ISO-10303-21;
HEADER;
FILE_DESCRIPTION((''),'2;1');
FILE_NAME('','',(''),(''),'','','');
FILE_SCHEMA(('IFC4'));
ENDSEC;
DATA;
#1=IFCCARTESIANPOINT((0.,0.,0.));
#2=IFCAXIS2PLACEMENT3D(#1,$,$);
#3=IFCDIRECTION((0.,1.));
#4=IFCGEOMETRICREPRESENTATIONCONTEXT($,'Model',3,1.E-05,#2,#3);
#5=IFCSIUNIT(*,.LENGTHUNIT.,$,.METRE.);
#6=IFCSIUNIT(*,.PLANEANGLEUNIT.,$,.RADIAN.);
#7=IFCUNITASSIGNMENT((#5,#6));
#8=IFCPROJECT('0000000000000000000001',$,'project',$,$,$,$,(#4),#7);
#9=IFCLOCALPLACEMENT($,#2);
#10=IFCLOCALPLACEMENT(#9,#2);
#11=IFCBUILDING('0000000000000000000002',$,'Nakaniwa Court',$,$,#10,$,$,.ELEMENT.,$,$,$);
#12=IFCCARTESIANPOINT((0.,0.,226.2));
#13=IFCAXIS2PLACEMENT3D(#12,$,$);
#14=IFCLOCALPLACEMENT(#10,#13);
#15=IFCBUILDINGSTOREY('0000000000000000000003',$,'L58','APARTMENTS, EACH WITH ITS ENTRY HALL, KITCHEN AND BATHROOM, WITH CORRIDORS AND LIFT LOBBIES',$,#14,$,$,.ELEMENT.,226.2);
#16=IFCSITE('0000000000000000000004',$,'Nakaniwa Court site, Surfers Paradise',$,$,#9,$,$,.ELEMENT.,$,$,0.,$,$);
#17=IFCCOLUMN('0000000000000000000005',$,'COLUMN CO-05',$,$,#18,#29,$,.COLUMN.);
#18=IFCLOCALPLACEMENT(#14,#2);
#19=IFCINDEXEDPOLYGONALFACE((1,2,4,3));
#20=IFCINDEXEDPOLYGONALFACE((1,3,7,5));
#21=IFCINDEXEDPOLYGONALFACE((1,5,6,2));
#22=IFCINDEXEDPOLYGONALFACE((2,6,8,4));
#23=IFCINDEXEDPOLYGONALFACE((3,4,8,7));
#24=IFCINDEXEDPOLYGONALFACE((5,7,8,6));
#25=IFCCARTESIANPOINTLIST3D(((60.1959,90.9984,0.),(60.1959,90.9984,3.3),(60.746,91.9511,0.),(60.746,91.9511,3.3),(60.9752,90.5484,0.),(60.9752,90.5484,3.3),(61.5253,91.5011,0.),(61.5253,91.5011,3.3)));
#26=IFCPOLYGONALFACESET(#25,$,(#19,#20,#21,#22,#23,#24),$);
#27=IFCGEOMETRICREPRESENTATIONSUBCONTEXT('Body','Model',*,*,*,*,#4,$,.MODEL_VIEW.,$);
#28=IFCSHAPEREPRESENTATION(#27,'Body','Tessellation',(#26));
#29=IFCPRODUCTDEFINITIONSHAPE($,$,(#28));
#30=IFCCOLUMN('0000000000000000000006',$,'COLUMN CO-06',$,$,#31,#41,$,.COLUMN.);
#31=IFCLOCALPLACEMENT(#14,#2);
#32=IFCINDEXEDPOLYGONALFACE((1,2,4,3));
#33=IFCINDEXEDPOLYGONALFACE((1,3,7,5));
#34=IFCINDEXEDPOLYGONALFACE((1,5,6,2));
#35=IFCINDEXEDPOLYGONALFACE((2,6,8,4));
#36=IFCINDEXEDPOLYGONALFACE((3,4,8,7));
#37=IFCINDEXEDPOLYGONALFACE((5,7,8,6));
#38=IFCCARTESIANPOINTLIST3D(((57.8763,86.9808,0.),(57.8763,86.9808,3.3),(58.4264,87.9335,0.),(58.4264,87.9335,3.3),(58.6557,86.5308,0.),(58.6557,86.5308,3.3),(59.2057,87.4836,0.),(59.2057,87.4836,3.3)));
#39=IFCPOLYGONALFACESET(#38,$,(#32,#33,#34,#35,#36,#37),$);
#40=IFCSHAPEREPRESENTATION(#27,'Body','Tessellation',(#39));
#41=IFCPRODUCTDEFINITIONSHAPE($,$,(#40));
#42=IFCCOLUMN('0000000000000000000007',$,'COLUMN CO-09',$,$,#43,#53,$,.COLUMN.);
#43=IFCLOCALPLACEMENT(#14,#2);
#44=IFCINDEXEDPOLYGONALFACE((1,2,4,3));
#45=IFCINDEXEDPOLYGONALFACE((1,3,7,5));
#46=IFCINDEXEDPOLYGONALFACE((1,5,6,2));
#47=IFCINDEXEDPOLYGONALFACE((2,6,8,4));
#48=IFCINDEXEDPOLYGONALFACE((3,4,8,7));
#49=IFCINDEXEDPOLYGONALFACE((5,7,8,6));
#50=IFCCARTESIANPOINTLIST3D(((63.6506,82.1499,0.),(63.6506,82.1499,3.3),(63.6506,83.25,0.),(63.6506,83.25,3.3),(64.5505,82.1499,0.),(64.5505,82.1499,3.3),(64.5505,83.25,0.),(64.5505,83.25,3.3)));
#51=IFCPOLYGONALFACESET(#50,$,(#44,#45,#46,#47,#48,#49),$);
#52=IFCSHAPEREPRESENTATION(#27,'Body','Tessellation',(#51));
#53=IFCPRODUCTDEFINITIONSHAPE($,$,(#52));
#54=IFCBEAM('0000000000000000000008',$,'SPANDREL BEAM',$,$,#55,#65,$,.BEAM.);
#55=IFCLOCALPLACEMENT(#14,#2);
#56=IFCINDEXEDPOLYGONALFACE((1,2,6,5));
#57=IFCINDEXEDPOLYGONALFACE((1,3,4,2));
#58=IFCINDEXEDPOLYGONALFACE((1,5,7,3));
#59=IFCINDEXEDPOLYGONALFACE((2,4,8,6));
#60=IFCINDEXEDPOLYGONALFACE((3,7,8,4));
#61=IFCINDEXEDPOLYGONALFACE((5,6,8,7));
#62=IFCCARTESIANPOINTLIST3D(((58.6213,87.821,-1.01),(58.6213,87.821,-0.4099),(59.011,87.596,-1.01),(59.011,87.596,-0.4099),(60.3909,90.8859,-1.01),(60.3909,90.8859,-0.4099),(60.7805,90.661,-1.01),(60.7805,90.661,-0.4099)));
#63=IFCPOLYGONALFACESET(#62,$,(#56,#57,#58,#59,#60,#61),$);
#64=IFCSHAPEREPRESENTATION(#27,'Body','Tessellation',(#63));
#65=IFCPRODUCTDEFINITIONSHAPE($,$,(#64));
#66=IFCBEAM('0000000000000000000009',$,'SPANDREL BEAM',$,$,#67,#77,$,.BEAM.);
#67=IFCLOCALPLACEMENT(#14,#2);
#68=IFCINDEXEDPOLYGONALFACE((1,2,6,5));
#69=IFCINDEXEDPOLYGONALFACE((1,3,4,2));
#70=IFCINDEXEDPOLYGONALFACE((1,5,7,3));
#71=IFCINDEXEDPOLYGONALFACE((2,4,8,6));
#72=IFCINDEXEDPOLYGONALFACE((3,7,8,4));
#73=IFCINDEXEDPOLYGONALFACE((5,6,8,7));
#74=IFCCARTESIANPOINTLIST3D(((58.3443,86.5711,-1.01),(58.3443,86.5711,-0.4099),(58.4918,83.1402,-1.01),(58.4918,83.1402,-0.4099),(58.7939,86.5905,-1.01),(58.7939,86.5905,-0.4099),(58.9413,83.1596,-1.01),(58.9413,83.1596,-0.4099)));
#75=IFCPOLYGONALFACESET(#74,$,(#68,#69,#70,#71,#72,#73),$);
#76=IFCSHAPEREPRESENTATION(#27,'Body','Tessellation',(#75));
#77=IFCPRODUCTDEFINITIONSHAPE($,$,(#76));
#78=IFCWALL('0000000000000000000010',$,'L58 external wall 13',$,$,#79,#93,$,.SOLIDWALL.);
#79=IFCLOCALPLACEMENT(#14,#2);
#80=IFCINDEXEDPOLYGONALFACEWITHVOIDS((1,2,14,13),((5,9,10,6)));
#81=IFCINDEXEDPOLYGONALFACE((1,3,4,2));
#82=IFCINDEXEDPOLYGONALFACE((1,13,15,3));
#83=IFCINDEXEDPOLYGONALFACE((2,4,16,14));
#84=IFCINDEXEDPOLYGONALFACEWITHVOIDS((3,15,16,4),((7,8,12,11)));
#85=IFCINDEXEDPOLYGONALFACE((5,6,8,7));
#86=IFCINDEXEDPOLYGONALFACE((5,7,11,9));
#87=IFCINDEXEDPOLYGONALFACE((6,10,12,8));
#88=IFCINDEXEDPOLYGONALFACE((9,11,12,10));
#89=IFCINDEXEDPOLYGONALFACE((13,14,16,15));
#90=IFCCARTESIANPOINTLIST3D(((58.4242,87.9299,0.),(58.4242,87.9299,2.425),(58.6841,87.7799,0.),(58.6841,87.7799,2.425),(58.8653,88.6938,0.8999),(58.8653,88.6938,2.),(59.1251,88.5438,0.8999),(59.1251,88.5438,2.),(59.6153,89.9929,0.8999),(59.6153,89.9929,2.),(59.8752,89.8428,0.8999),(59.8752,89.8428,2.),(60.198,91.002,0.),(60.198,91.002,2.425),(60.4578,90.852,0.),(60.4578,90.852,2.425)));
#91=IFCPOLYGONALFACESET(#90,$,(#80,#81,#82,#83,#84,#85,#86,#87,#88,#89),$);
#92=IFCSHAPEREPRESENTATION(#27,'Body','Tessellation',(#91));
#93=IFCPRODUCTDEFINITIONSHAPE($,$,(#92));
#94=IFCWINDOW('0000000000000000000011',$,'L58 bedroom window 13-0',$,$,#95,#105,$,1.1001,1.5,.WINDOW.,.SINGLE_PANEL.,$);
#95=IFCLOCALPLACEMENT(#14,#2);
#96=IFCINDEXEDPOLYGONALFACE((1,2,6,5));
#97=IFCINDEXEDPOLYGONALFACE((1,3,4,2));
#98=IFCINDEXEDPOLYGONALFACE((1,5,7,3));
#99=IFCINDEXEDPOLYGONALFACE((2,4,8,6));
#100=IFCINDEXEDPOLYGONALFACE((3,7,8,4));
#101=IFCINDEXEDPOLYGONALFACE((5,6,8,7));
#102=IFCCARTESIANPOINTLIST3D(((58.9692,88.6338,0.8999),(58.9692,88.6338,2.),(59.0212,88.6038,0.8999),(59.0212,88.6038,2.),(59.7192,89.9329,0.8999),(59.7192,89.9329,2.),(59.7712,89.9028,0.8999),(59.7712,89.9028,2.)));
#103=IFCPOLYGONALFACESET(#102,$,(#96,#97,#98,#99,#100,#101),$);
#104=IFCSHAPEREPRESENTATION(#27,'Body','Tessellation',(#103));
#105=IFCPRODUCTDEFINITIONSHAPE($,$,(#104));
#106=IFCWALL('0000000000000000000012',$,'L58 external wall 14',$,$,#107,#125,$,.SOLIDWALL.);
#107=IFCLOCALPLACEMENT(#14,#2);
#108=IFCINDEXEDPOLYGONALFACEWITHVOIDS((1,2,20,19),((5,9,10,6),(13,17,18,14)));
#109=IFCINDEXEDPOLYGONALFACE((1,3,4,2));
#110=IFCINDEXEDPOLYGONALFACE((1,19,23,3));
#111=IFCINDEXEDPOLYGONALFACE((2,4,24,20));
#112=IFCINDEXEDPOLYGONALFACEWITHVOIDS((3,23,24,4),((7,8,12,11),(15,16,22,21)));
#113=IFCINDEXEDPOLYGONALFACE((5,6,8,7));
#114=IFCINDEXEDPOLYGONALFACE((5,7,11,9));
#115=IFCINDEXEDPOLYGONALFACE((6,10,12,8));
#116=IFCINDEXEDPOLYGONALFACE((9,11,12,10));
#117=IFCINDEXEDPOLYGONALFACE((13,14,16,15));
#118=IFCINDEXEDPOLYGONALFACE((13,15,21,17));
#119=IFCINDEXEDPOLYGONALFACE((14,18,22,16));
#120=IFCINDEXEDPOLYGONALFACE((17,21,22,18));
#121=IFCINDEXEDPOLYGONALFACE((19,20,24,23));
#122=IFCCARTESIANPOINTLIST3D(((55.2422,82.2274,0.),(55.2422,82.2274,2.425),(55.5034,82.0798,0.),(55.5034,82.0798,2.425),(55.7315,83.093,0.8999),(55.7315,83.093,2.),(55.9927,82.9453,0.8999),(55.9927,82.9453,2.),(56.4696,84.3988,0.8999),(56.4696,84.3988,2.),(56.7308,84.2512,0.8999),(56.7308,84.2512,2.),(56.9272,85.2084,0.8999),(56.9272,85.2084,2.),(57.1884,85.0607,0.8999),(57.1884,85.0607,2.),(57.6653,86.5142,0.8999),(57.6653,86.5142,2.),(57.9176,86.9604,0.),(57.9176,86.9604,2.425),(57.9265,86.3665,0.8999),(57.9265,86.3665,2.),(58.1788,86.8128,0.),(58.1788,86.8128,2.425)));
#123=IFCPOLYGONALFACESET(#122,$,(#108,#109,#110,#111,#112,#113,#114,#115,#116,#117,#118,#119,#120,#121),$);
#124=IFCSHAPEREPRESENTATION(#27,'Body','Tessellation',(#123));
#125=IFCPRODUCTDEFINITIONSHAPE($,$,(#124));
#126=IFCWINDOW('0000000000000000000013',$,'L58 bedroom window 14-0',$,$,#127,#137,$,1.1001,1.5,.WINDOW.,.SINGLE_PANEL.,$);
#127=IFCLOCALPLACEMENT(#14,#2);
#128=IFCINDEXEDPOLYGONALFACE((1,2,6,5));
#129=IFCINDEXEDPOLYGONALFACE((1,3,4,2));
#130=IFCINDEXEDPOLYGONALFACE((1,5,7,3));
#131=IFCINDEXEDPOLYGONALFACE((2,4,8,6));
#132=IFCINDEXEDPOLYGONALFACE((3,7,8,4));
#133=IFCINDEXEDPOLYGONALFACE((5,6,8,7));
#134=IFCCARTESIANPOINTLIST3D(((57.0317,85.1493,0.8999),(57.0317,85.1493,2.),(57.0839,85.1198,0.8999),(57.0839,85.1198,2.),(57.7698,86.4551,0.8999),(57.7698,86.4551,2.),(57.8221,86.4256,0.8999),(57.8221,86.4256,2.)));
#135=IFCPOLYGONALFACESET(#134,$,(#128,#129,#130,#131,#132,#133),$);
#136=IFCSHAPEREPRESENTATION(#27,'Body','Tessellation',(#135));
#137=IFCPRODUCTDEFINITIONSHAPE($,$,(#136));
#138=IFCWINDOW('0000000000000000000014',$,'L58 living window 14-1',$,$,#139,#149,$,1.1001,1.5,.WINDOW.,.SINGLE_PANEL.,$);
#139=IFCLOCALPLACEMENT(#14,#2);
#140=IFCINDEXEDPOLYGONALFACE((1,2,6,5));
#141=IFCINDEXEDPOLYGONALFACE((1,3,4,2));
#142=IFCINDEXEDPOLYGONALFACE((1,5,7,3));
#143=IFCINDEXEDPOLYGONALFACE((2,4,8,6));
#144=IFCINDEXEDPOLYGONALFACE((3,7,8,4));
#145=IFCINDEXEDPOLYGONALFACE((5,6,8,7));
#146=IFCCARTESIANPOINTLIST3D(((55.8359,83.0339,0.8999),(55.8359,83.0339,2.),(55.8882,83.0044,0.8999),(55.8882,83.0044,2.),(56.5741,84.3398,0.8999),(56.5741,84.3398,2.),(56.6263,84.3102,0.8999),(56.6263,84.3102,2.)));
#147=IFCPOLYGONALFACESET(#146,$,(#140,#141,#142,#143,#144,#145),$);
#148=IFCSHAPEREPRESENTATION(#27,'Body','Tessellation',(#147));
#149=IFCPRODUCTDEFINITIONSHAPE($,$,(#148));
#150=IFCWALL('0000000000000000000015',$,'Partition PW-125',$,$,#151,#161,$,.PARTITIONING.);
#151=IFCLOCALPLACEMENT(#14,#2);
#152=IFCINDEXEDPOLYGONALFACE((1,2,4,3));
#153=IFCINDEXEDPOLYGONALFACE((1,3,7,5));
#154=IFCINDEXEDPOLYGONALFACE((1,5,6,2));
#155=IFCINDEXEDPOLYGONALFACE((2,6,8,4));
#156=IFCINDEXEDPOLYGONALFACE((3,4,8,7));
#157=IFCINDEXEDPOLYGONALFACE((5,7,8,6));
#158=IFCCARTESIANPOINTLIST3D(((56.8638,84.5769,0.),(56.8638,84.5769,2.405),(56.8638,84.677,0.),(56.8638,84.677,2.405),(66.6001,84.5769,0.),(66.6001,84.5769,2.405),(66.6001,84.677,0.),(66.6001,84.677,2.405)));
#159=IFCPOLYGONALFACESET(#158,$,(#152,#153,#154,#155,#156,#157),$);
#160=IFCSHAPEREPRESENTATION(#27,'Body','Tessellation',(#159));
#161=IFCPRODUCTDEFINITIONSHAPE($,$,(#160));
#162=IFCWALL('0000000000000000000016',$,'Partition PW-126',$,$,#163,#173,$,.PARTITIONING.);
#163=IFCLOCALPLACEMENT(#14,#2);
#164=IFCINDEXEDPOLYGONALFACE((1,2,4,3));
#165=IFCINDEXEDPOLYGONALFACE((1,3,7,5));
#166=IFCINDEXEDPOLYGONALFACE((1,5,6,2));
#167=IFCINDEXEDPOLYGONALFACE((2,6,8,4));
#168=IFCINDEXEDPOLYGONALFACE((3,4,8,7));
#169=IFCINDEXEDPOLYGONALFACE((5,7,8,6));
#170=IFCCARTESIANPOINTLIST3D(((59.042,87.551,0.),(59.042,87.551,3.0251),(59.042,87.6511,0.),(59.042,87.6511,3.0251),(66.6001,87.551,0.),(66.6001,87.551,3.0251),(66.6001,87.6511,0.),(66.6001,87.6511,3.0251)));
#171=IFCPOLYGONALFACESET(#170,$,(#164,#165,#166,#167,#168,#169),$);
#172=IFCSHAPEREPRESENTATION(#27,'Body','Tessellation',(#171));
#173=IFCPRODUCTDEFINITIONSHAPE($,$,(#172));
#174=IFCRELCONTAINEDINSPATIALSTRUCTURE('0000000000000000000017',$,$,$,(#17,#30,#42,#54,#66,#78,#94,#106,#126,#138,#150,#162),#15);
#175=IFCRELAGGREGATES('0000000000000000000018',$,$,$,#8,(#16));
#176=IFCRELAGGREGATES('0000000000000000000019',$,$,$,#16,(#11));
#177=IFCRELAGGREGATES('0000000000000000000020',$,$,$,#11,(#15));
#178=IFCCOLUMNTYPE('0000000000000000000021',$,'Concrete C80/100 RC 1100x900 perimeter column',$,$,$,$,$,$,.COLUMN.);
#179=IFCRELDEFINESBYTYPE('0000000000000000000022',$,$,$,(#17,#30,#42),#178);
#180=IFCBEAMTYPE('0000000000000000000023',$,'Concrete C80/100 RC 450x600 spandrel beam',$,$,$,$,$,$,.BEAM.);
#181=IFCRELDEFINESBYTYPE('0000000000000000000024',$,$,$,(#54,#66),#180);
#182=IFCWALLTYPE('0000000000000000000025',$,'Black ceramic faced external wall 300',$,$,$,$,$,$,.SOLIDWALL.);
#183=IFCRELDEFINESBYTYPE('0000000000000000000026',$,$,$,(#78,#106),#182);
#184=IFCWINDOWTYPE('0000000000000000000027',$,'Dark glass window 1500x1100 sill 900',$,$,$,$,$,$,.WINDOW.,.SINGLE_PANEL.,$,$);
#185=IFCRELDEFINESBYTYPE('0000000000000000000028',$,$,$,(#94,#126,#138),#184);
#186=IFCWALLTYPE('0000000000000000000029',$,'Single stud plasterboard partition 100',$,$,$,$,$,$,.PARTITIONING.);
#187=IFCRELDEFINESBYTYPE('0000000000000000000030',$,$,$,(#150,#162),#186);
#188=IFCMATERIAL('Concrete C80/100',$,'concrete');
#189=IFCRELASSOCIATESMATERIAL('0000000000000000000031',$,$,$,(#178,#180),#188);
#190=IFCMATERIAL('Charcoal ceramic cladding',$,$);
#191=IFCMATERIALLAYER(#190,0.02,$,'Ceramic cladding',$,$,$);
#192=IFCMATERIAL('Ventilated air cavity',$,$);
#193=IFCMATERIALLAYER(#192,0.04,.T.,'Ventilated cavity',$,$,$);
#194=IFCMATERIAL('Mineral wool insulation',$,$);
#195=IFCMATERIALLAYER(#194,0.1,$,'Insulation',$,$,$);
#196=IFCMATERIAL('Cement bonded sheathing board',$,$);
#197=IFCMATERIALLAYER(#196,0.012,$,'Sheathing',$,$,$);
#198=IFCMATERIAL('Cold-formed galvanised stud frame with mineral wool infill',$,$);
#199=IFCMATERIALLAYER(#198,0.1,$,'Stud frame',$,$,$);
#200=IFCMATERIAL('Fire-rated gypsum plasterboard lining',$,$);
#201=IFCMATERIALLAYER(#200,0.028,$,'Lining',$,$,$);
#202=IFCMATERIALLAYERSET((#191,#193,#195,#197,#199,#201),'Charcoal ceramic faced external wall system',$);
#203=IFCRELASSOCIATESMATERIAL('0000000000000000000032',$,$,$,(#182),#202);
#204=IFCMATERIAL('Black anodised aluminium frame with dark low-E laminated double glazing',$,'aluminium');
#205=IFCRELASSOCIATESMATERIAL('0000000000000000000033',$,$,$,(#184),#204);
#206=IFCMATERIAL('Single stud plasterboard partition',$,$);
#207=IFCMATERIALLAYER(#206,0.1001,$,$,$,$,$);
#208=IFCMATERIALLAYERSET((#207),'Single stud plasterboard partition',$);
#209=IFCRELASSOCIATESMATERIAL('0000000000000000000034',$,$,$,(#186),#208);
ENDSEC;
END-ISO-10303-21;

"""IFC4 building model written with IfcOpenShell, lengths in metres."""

from ifc_helpers import new_model, si_unit, direction, frame, frame_2d, origin, origin_2d, place, context, subcontext, project, spatial, rectangle, extrude, material, layer, layer_set, material_profile, profile_set, type_object, element, fill, save


model = new_model("IFC4")

# Units and contexts
model_context = context("Model", 3, precision=1e-05, world=origin(), true_north=direction((0.0, 1.0)))
body_context = subcontext(model_context, "Body", "Model", "MODEL_VIEW")
ifc_project = project(units=[si_unit("LENGTHUNIT", "METRE"), si_unit("PLANEANGLEUNIT", "RADIAN")], contexts=[model_context])

# Site, building, storey
site_placement = place(None, origin())
site = spatial("IfcSite", under=ifc_project, at=site_placement, Name="Nakaniwa Court site, Surfers Paradise", CompositionType="ELEMENT", RefElevation=0.0)
building_placement = place(site_placement, origin())
building = spatial("IfcBuilding", under=site, at=building_placement, Name="Nakaniwa Court", CompositionType="ELEMENT")
storey_placement = place(building_placement, frame((0.0, 0.0, 226.2)))
storey = spatial("IfcBuildingStorey", under=building, at=storey_placement, Name="L58", Description="APARTMENTS, EACH WITH ITS ENTRY HALL, KITCHEN AND BATHROOM, WITH CORRIDORS AND LIFT LOBBIES", CompositionType="ELEMENT", Elevation=226.2)

# Columns
ifc_material_1 = material(Name="Concrete C80/100", Category="concrete")
ifc_material_profile_1 = material_profile(ifc_material_1, rectangle(XDim=1.1001, YDim=0.8999, at=origin_2d()), Name="Concrete C80/100 RC 1100x900 perimeter column")
ifc_profile_set_1 = profile_set([ifc_material_profile_1], Name="Concrete C80/100")
column_type = type_object("IfcColumnType", Name="Concrete C80/100 RC 1100x900 perimeter column", PredefinedType="COLUMN", material=ifc_profile_set_1)
for number, where, z_axis, x_axis, name in (
    (1, (60.8606, 91.2498, 0.0), (0.0, 0.0, 1.0), (-0.5, -0.866025, 0.0), "COLUMN CO-05"),
    (2, (58.541, 87.2322, 0.0), (0.0, 0.0, 1.0), (-0.5, -0.866025, 0.0), "COLUMN CO-06"),
    (3, (64.1006, 82.7, 0.0), (0.0, 0.0, 1.0), (0.0, -1.0, 0.0), "COLUMN CO-09"),
):
    element("IfcColumn", number, at=place(storey_placement, frame(where, z_axis=z_axis, x_axis=x_axis)), inside=storey, type_object=column_type, Name=name, PredefinedType="COLUMN", context=body_context, shape_type="SweptSolid", body=[
        extrude(rectangle(XDim=1.1001, YDim=0.8999, at=origin_2d()), origin(), (0.0, 0.0, 1.0), 3.3),
    ])

# Beams
ifc_material_profile_2 = material_profile(ifc_material_1, rectangle(XDim=0.45, YDim=0.6001, at=origin_2d()), Name="Concrete C80/100 RC 450x600 spandrel beam")
ifc_profile_set_2 = profile_set([ifc_material_profile_2], Name="Concrete C80/100")
beam_type = type_object("IfcBeamType", Name="Concrete C80/100 RC 450x600 spandrel beam", PredefinedType="BEAM", material=ifc_profile_set_2)
beam_1_placement = place(storey_placement, frame((60.5857, 90.7734, -0.71), z_axis=(-0.499997, -0.866027, 0.0), x_axis=(0.866027, -0.499997, 0.0)))
element("IfcBeam", 4, at=beam_1_placement, inside=storey, type_object=beam_type, Name="SPANDREL BEAM", PredefinedType="BEAM", context=body_context, shape_type="SweptSolid", body=[
    extrude(rectangle(XDim=0.45, YDim=0.6001, at=origin_2d()), origin(), (0.0, 0.0, 1.0), 3.5391),
])
beam_2_placement = place(storey_placement, frame((58.5691, 86.5808, -0.71), z_axis=(0.042941, -0.999078, 0.0), x_axis=(0.999078, 0.042941, 0.0)))
element("IfcBeam", 5, at=beam_2_placement, inside=storey, type_object=beam_type, Name="SPANDREL BEAM", PredefinedType="BEAM", context=body_context, shape_type="SweptSolid", body=[
    extrude(rectangle(XDim=0.45, YDim=0.6001, at=origin_2d()), origin(), (0.0, 0.0, 1.0), 3.4341),
])

# Wall, opening, window
ifc_material_2 = material(Name="Charcoal ceramic cladding")
ifc_layer_1 = layer(ifc_material_2, 0.02, Name="Ceramic cladding")
ifc_material_3 = material(Name="Ventilated air cavity")
ifc_layer_2 = layer(ifc_material_3, 0.04, ventilated=True, Name="Ventilated cavity")
ifc_material_4 = material(Name="Mineral wool insulation")
ifc_layer_3 = layer(ifc_material_4, 0.1, Name="Insulation")
ifc_material_5 = material(Name="Cement bonded sheathing board")
ifc_layer_4 = layer(ifc_material_5, 0.012, Name="Sheathing")
ifc_material_6 = material(Name="Cold-formed galvanised stud frame with mineral wool infill")
ifc_layer_5 = layer(ifc_material_6, 0.1, Name="Stud frame")
ifc_material_7 = material(Name="Fire-rated gypsum plasterboard lining")
ifc_layer_6 = layer(ifc_material_7, 0.028, Name="Lining")
ifc_layer_set_1 = layer_set([ifc_layer_1, ifc_layer_2, ifc_layer_3, ifc_layer_4, ifc_layer_5, ifc_layer_6], Name="Charcoal ceramic faced external wall system")
wall_type_1 = type_object("IfcWallType", Name="Black ceramic faced external wall 300", PredefinedType="SOLIDWALL", material=ifc_layer_set_1)
wall_1_placement = place(storey_placement, frame((60.3279, 90.927, 0.0), z_axis=(0.0, 0.0, 1.0), x_axis=(-0.50001, -0.866019, 0.0)))
wall_1 = element("IfcWall", 6, at=wall_1_placement, inside=storey, type_object=wall_type_1, Name="L58 external wall 13", PredefinedType="SOLIDWALL", context=body_context, shape_type="SweptSolid", body=[
    extrude(rectangle(XDim=3.5474, YDim=0.3, at=frame_2d((1.7737, 0.0))), origin(), (0.0, 0.0, 1.0), 2.425),
])
opening_1_placement = place(wall_1_placement, frame((1.1653, 0.0, 0.8999)))
opening_1 = element("IfcOpeningElement", 7, at=opening_1_placement, cuts=wall_1, PredefinedType="OPENING", context=body_context, shape_type="SweptSolid", body=[
    extrude(rectangle(XDim=1.5, YDim=1.1001, at=frame_2d((0.75, 0.55))), frame((0.0, 0.1599, 0.0), z_axis=(0.0, -1.0, 0.0), x_axis=(1.0, 0.0, 0.0)), (0.0, 0.0, 1.0), 0.3201),
])
ifc_material_8 = material(Name="Black anodised aluminium frame with dark low-E laminated double glazing", Category="aluminium")
window_type = type_object("IfcWindowType", Name="Dark glass window 1500x1100 sill 900", PartitioningType="SINGLE_PANEL", PredefinedType="WINDOW", material=ifc_material_8)
window_1_placement = place(opening_1_placement, origin())
window_1 = element("IfcWindow", 8, at=window_1_placement, inside=storey, type_object=window_type, Name="L58 bedroom window 13-0", OverallHeight=1.1001, OverallWidth=1.5, PartitioningType="SINGLE_PANEL", PredefinedType="WINDOW", context=body_context, shape_type="SweptSolid", body=[
    extrude(rectangle(XDim=1.5, YDim=1.1001, at=frame_2d((0.75, 0.55))), frame((0.0, 0.03, 0.0), z_axis=(0.0, -1.0, 0.0), x_axis=(1.0, 0.0, 0.0)), (0.0, 0.0, 1.0), 0.0601),
])
fill(opening_1, window_1)

# Wall, openings, windows
wall_2_placement = place(storey_placement, frame((58.0481, 86.8865, 0.0), z_axis=(0.0, 0.0, 1.0), x_axis=(-0.492081, -0.870549, 0.0)))
wall_2 = element("IfcWall", 9, at=wall_2_placement, inside=storey, type_object=wall_type_1, Name="L58 external wall 14", PredefinedType="SOLIDWALL", context=body_context, shape_type="SweptSolid", body=[
    extrude(rectangle(XDim=5.4368, YDim=0.3, at=frame_2d((2.7183, 0.0))), origin(), (0.0, 0.0, 1.0), 2.425),
])
opening_2_placement = place(wall_2_placement, frame((0.5125, 0.0, 0.8999)))
opening_2 = element("IfcOpeningElement", 10, at=opening_2_placement, cuts=wall_2, PredefinedType="OPENING", context=body_context, shape_type="SweptSolid", body=[
    extrude(rectangle(XDim=1.5, YDim=1.1001, at=frame_2d((0.75, 0.55))), frame((0.0, 0.1599, 0.0), z_axis=(0.0, -1.0, 0.0), x_axis=(1.0, 0.0, 0.0)), (0.0, 0.0, 1.0), 0.3201),
])
opening_3_placement = place(wall_2_placement, frame((2.9424, 0.0, 0.8999)))
opening_3 = element("IfcOpeningElement", 11, at=opening_3_placement, cuts=wall_2, PredefinedType="OPENING", context=body_context, shape_type="SweptSolid", body=[
    extrude(rectangle(XDim=1.5, YDim=1.1001, at=frame_2d((0.75, 0.55))), frame((0.0, 0.1599, 0.0), z_axis=(0.0, -1.0, 0.0), x_axis=(1.0, 0.0, 0.0)), (0.0, 0.0, 1.0), 0.3201),
])
window_2_placement = place(opening_2_placement, origin())
window_2 = element("IfcWindow", 12, at=window_2_placement, inside=storey, type_object=window_type, Name="L58 bedroom window 14-0", OverallHeight=1.1001, OverallWidth=1.5, PartitioningType="SINGLE_PANEL", PredefinedType="WINDOW", context=body_context, shape_type="SweptSolid", body=[
    extrude(rectangle(XDim=1.5, YDim=1.1001, at=frame_2d((0.75, 0.55))), frame((0.0, 0.03, 0.0), z_axis=(0.0, -1.0, 0.0), x_axis=(1.0, 0.0, 0.0)), (0.0, 0.0, 1.0), 0.0601),
])
fill(opening_2, window_2)
window_3_placement = place(opening_3_placement, origin())
window_3 = element("IfcWindow", 13, at=window_3_placement, inside=storey, type_object=window_type, Name="L58 living window 14-1", OverallHeight=1.1001, OverallWidth=1.5, PartitioningType="SINGLE_PANEL", PredefinedType="WINDOW", context=body_context, shape_type="SweptSolid", body=[
    extrude(rectangle(XDim=1.5, YDim=1.1001, at=frame_2d((0.75, 0.55))), frame((0.0, 0.03, 0.0), z_axis=(0.0, -1.0, 0.0), x_axis=(1.0, 0.0, 0.0)), (0.0, 0.0, 1.0), 0.0601),
])
fill(opening_3, window_3)

# Walls
ifc_material_9 = material(Name="Single stud plasterboard partition")
ifc_layer_7 = layer(ifc_material_9, 0.1001)
ifc_layer_set_2 = layer_set([ifc_layer_7], Name="Single stud plasterboard partition")
wall_type_2 = type_object("IfcWallType", Name="Single stud plasterboard partition 100", PredefinedType="PARTITIONING", material=ifc_layer_set_2)
wall_3_placement = place(storey_placement, frame((56.8638, 84.627, 0.0), z_axis=(0.0, 0.0, 1.0), x_axis=(1.0, 0.0, 0.0)))
element("IfcWall", 14, at=wall_3_placement, inside=storey, type_object=wall_type_2, Name="Partition PW-125", PredefinedType="PARTITIONING", context=body_context, shape_type="SweptSolid", body=[
    extrude(rectangle(XDim=9.7363, YDim=0.1001, at=frame_2d((4.8682, 0.0))), origin(), (0.0, 0.0, 1.0), 2.405),
])
wall_4_placement = place(storey_placement, frame((59.042, 87.6011, 0.0), z_axis=(0.0, 0.0, 1.0), x_axis=(1.0, 0.0, 0.0)))
element("IfcWall", 15, at=wall_4_placement, inside=storey, type_object=wall_type_2, Name="Partition PW-126", PredefinedType="PARTITIONING", context=body_context, shape_type="SweptSolid", body=[
    extrude(rectangle(XDim=7.5581, YDim=0.1001, at=frame_2d((3.7791, 0.0))), origin(), (0.0, 0.0, 1.0), 3.0251),
])

save(model, "model.ifc")
